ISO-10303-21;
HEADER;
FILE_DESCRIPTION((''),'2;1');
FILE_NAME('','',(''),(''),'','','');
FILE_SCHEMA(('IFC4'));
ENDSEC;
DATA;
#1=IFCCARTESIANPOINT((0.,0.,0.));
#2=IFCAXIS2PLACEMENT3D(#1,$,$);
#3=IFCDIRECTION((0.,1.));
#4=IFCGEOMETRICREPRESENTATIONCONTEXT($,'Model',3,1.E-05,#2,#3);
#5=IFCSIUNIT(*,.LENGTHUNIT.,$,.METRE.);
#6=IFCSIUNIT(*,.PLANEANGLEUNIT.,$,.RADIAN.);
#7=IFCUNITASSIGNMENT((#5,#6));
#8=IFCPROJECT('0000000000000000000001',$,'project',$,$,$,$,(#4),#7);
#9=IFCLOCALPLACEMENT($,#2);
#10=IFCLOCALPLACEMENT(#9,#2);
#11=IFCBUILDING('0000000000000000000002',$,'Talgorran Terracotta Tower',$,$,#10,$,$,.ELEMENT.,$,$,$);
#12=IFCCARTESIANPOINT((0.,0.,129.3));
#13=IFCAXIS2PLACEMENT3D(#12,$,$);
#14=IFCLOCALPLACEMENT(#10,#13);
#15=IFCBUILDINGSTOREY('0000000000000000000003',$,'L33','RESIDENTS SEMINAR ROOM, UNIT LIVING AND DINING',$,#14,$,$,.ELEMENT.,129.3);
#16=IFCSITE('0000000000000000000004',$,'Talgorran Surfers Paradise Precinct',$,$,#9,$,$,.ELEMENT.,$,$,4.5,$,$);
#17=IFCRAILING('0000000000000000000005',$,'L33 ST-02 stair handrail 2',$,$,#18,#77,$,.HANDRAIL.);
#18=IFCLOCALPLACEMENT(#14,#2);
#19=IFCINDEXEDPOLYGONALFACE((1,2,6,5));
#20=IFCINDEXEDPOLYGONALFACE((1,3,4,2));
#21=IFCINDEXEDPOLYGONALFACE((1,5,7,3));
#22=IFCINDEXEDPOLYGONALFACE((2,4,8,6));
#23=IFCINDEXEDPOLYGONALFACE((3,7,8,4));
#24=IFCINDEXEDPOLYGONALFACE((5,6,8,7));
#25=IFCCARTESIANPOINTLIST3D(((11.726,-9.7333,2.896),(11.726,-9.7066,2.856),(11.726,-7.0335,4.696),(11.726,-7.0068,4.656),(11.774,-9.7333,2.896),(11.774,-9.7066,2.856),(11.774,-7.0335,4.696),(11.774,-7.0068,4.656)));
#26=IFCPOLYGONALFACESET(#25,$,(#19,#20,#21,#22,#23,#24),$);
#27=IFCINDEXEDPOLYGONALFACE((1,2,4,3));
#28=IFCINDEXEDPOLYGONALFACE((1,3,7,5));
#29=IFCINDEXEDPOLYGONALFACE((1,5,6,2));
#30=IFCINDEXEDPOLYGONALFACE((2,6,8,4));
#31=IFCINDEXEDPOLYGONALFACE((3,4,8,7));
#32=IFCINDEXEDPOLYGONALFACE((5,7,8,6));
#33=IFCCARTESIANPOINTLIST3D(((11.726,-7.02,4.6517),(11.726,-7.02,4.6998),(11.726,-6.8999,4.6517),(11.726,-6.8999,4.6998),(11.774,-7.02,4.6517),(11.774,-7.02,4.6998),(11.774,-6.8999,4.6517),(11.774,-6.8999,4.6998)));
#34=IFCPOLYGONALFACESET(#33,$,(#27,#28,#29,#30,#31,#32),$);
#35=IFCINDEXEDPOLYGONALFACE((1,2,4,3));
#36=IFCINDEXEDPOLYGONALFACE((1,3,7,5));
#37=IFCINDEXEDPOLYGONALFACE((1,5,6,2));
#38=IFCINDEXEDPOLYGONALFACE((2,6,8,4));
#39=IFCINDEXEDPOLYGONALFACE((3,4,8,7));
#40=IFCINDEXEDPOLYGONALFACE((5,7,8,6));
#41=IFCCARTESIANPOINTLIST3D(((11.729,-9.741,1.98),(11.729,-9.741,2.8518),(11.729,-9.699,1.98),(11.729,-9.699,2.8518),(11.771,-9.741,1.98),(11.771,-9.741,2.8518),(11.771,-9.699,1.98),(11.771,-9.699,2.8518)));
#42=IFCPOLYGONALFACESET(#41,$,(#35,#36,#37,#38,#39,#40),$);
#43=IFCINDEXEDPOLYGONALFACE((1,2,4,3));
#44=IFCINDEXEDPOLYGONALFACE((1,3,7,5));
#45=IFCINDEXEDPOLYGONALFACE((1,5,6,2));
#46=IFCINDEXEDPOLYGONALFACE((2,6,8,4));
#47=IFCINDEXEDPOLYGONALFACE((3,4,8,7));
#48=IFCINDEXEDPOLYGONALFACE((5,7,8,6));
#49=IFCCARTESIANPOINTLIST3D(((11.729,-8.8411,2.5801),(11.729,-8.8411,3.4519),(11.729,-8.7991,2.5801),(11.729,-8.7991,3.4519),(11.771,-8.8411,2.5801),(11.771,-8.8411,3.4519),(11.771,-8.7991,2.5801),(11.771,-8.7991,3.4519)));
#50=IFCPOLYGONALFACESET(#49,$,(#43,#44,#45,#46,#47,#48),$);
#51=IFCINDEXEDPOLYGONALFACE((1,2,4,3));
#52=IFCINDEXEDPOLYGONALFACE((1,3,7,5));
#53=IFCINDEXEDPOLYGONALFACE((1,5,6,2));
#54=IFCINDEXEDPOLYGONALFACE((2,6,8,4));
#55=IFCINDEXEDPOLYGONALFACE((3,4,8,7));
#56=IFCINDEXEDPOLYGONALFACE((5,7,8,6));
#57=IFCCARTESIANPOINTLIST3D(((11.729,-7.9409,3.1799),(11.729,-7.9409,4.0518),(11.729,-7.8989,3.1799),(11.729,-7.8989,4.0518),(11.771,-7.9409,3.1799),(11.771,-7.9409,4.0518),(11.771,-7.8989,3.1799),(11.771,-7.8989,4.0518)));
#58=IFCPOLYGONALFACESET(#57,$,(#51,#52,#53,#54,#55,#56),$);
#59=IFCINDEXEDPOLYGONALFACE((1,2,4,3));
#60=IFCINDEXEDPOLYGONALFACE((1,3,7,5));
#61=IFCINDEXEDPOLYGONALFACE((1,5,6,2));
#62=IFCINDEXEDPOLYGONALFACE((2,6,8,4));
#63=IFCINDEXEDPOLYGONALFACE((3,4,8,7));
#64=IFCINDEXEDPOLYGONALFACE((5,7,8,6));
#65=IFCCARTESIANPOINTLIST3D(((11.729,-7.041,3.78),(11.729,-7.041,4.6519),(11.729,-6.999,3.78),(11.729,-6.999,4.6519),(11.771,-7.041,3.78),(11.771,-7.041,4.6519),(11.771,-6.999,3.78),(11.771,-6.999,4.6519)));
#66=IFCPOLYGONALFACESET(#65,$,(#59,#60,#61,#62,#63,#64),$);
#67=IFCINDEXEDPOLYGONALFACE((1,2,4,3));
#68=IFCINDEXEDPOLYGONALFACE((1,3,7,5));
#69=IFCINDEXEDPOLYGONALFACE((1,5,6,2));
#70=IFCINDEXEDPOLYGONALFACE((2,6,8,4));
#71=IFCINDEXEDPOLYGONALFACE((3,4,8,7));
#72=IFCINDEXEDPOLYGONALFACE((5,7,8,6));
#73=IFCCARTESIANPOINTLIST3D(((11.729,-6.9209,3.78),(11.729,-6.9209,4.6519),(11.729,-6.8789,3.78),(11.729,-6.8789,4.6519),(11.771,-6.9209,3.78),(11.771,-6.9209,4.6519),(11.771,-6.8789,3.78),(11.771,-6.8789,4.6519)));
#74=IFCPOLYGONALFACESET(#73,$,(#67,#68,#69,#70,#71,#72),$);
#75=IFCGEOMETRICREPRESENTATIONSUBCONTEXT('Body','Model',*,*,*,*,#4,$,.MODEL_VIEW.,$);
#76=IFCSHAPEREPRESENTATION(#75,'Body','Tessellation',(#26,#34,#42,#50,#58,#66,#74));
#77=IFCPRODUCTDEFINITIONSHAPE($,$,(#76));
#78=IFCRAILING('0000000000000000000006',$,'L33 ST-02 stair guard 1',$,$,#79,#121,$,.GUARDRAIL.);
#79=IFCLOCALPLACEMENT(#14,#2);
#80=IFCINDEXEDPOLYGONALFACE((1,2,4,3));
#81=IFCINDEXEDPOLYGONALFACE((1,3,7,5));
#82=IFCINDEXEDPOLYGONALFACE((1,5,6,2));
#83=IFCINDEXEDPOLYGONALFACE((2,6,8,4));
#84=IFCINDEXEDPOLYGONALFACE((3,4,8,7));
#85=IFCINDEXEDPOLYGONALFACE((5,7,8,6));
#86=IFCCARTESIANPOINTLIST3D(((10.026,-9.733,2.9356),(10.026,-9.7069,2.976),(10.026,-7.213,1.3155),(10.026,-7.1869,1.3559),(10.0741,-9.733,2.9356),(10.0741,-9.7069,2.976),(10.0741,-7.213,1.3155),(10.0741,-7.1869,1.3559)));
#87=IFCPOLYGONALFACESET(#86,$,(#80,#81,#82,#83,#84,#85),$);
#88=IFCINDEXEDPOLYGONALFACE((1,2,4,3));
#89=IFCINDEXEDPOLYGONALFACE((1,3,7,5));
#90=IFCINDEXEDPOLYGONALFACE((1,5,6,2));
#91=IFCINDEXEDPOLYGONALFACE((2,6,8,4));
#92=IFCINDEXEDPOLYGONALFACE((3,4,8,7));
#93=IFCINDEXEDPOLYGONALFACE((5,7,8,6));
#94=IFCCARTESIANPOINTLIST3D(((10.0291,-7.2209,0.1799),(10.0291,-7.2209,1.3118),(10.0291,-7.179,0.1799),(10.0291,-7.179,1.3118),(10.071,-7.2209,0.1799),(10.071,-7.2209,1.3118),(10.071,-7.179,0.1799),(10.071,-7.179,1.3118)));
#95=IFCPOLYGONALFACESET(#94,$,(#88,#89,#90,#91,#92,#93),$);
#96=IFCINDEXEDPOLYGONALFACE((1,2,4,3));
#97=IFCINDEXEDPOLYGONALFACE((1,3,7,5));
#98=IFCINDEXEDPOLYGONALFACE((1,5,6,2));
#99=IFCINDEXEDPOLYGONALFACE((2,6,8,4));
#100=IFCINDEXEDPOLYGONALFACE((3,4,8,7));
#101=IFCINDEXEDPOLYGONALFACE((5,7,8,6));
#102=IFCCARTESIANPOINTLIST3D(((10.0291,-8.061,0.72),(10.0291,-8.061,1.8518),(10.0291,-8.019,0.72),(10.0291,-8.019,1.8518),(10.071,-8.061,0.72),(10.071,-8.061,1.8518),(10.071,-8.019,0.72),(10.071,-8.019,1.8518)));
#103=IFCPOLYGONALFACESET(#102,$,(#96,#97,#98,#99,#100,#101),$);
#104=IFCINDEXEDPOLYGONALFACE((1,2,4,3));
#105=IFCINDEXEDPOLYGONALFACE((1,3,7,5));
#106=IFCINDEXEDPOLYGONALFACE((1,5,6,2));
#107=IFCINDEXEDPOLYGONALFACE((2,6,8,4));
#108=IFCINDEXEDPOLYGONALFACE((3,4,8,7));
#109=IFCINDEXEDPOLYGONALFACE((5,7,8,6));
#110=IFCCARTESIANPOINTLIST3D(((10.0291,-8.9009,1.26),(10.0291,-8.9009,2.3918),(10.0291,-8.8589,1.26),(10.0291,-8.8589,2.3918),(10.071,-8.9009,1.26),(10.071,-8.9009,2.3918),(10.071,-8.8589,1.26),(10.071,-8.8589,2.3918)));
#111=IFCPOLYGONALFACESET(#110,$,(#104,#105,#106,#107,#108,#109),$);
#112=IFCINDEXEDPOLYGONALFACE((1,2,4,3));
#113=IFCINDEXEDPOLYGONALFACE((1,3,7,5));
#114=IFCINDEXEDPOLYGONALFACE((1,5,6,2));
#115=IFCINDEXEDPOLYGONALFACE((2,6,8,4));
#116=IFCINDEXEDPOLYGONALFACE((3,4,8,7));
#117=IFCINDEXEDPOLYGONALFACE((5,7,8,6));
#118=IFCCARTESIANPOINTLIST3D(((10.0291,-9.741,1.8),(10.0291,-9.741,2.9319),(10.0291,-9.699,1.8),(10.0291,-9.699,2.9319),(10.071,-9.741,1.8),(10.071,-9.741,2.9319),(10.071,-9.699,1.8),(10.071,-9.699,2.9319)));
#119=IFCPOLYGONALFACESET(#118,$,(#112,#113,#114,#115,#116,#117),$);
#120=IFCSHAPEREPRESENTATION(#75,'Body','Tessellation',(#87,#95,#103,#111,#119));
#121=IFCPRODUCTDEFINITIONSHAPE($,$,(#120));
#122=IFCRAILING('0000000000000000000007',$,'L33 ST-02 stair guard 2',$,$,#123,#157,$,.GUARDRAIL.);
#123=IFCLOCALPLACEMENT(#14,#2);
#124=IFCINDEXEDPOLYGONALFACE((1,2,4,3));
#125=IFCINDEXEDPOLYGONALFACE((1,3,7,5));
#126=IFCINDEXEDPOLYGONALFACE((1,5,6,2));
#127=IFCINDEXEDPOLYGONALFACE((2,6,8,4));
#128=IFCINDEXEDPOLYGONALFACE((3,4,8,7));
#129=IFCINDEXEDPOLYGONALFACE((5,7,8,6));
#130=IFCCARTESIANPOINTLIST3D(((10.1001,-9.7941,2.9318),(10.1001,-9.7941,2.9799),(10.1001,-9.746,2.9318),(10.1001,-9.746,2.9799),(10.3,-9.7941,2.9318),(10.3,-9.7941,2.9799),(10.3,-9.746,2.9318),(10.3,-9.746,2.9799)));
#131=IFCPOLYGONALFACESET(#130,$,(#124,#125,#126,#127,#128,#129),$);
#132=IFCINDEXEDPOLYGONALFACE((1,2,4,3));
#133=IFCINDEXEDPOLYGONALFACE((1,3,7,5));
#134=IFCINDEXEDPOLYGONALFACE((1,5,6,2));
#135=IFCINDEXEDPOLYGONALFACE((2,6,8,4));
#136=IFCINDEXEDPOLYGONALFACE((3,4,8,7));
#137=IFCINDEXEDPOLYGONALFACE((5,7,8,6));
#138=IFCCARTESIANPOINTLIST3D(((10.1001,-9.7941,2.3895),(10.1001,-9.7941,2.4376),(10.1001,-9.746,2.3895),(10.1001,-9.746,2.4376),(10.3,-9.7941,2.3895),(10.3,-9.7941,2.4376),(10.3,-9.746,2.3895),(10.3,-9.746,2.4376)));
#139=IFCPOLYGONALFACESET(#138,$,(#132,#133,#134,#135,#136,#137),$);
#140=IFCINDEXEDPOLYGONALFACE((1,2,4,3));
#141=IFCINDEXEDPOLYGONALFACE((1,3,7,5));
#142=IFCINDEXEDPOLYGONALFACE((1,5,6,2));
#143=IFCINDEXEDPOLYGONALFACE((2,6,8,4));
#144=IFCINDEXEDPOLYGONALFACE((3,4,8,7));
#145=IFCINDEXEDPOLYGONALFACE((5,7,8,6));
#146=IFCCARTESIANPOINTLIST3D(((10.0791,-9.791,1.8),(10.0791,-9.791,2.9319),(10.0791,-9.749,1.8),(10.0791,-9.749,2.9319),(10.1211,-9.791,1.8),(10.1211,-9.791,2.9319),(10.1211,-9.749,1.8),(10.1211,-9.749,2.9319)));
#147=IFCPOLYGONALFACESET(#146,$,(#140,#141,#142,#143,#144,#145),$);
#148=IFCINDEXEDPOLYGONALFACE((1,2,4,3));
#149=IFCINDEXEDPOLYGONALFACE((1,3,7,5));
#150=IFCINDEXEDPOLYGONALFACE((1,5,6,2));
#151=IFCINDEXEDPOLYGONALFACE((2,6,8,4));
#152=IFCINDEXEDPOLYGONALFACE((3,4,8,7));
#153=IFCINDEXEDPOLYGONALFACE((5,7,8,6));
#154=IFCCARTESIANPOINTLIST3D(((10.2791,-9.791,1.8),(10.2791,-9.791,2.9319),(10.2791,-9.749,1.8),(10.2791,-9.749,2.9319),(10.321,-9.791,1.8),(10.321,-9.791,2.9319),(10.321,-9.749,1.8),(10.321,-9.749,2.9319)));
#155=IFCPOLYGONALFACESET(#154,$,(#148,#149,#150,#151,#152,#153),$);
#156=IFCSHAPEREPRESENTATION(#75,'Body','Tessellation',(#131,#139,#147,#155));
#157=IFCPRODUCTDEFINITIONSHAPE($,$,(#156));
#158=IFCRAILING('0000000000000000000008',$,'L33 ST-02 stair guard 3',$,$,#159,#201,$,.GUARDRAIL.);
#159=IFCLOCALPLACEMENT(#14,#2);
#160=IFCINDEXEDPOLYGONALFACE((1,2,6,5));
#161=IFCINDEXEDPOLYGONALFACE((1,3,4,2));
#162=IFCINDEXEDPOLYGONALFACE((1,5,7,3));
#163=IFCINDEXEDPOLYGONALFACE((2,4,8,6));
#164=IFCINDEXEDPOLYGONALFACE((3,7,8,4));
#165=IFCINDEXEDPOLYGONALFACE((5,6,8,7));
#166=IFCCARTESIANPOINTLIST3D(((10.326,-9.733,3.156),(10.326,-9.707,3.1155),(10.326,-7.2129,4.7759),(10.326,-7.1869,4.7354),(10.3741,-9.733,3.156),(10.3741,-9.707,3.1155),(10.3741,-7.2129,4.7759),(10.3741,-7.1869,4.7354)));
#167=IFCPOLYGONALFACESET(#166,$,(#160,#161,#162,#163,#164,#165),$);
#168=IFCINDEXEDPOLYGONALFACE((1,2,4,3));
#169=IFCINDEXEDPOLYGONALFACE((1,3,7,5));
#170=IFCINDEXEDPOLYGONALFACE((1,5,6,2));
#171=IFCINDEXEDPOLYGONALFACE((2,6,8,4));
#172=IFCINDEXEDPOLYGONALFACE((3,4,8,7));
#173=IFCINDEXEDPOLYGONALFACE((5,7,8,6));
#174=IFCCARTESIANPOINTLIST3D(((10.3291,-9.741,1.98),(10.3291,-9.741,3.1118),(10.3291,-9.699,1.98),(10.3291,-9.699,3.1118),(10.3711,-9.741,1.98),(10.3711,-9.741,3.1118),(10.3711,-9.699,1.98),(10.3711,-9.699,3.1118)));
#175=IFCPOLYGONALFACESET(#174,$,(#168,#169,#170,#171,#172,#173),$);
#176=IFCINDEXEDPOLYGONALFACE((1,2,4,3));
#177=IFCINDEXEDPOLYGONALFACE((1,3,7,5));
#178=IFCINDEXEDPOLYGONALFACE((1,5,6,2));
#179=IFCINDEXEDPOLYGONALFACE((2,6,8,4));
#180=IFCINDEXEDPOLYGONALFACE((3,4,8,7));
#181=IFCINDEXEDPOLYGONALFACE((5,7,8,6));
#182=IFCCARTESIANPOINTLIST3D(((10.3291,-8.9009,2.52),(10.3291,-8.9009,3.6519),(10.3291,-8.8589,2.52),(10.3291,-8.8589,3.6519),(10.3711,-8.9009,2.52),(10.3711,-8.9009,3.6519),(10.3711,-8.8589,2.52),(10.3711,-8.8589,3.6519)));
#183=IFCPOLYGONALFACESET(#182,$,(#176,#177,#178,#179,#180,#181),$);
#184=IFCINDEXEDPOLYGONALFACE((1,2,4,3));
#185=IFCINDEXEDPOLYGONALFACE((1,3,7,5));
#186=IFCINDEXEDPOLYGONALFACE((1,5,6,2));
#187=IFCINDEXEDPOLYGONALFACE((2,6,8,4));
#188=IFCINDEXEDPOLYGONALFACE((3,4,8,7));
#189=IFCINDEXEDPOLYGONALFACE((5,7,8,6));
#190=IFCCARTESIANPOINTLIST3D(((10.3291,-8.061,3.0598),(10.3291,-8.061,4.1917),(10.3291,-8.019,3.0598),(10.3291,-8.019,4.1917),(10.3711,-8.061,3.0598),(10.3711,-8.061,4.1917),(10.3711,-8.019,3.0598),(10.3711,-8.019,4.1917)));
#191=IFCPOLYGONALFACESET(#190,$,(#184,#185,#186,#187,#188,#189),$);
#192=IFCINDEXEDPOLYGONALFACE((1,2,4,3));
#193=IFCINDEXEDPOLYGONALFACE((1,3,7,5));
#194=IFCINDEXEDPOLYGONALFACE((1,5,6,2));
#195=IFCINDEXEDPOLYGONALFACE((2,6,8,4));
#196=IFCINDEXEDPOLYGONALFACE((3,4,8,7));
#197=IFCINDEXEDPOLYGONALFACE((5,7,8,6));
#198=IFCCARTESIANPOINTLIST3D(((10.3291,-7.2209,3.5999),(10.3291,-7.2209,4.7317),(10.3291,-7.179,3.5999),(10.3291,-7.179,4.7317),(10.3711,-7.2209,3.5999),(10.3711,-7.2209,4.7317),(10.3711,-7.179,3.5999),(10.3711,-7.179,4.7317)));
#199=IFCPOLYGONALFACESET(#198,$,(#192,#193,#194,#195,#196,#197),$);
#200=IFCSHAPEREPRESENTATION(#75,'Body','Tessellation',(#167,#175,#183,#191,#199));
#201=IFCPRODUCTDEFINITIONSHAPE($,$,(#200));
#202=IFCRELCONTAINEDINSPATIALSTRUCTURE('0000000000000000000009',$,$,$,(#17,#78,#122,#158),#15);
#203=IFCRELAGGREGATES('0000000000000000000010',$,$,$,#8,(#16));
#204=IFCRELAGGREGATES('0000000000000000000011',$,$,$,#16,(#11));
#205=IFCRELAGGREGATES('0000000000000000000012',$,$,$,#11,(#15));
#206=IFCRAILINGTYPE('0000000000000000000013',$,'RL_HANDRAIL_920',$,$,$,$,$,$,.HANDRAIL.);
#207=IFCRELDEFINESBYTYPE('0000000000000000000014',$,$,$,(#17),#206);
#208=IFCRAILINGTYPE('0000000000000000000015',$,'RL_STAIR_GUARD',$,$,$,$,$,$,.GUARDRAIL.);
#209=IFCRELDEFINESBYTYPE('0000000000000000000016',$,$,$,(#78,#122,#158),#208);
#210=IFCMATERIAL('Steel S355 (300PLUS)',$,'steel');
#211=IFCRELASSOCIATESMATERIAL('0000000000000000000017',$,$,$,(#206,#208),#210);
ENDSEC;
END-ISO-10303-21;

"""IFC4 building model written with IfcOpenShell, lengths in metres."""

from ifc_helpers import new_model, si_unit, direction, frame, origin, origin_2d, place, context, subcontext, project, spatial, rectangle, extrude, material, type_object, element, save


model = new_model("IFC4")

# Units and contexts
model_context = context("Model", 3, precision=1e-05, world=origin(), true_north=direction((0.0, 1.0)))
body_context = subcontext(model_context, "Body", "Model", "MODEL_VIEW")
ifc_project = project(units=[si_unit("LENGTHUNIT", "METRE"), si_unit("PLANEANGLEUNIT", "RADIAN")], contexts=[model_context])

# Site, building, storey
site_placement = place(None, origin())
site = spatial("IfcSite", under=ifc_project, at=site_placement, Name="Talgorran Surfers Paradise Precinct", CompositionType="ELEMENT", RefElevation=4.5)
building_placement = place(site_placement, origin())
building = spatial("IfcBuilding", under=site, at=building_placement, Name="Talgorran Terracotta Tower", CompositionType="ELEMENT")
storey_placement = place(building_placement, frame((0.0, 0.0, 129.3)))
storey = spatial("IfcBuildingStorey", under=building, at=storey_placement, Name="L33", Description="RESIDENTS SEMINAR ROOM, UNIT LIVING AND DINING", CompositionType="ELEMENT", Elevation=129.3)

# Shared definitions
ifc_material_1 = material(Name="Steel S355 (300PLUS)", Category="steel")

# Railings
railing_type_1 = type_object("IfcRailingType", Name="RL_HANDRAIL_920", PredefinedType="HANDRAIL", material=ifc_material_1)
railing_1_placement = place(storey_placement, frame((11.75, -9.72, 1.98)))
element("IfcRailing", 1, at=railing_1_placement, inside=storey, type_object=railing_type_1, Name="L33 ST-02 stair handrail 2", PredefinedType="HANDRAIL", context=body_context, shape_type="SweptSolid", body=[
    extrude(rectangle(XDim=0.0481, YDim=0.0481, at=origin_2d()), frame((0.0, 0.0, 0.896), z_axis=(0.0, 0.832039, 0.554718), x_axis=(-1.0, 0.0, 0.0)), (0.0, 0.0, 1.0), 3.2449),
    extrude(rectangle(XDim=0.0481, YDim=0.0481, at=origin_2d()), frame((0.0, 2.7, 2.6958), z_axis=(0.0, 1.0, 0.0), x_axis=(-1.0, 0.0, 0.0)), (0.0, 0.0, 1.0), 0.1201),
    extrude(rectangle(XDim=0.042, YDim=0.042, at=origin_2d()), origin(), (0.0, 0.0, 1.0), 0.8718),
    extrude(rectangle(XDim=0.042, YDim=0.042, at=origin_2d()), frame((0.0, 0.8999, 0.6001)), (0.0, 0.0, 1.0), 0.8718),
    extrude(rectangle(XDim=0.042, YDim=0.042, at=origin_2d()), frame((0.0, 1.8, 1.2)), (0.0, 0.0, 1.0), 0.8718),
    extrude(rectangle(XDim=0.042, YDim=0.042, at=origin_2d()), frame((0.0, 2.7, 1.8)), (0.0, 0.0, 1.0), 0.8718),
    extrude(rectangle(XDim=0.042, YDim=0.042, at=origin_2d()), frame((0.0, 2.8201, 1.8)), (0.0, 0.0, 1.0), 0.8718),
])
railing_type_2 = type_object("IfcRailingType", Name="RL_STAIR_GUARD", PredefinedType="GUARDRAIL", material=ifc_material_1)
railing_2_placement = place(storey_placement, frame((10.05, -7.2, 0.1799)))
element("IfcRailing", 2, at=railing_2_placement, inside=storey, type_object=railing_type_2, Name="L33 ST-02 stair guard 1", PredefinedType="GUARDRAIL", context=body_context, shape_type="SweptSolid", body=[
    extrude(rectangle(XDim=0.0481, YDim=0.0481, at=origin_2d()), frame((0.0, 0.0, 1.1558), z_axis=(0.0, -0.841163, 0.540782), x_axis=(1.0, 0.0, 0.0)), (0.0, 0.0, 1.0), 2.9958),
    extrude(rectangle(XDim=0.042, YDim=0.042, at=origin_2d()), origin(), (0.0, 0.0, 1.0), 1.1318),
    extrude(rectangle(XDim=0.042, YDim=0.042, at=origin_2d()), frame((0.0, -0.8401, 0.54)), (0.0, 0.0, 1.0), 1.1318),
    extrude(rectangle(XDim=0.042, YDim=0.042, at=origin_2d()), frame((0.0, -1.6799, 1.0801)), (0.0, 0.0, 1.0), 1.1318),
    extrude(rectangle(XDim=0.042, YDim=0.042, at=origin_2d()), frame((0.0, -2.52, 1.6201)), (0.0, 0.0, 1.0), 1.1318),
])
railing_3_placement = place(storey_placement, frame((10.1001, -9.77, 1.8)))
element("IfcRailing", 3, at=railing_3_placement, inside=storey, type_object=railing_type_2, Name="L33 ST-02 stair guard 2", PredefinedType="GUARDRAIL", context=body_context, shape_type="SweptSolid", body=[
    extrude(rectangle(XDim=0.0481, YDim=0.0481, at=origin_2d()), frame((0.0, 0.0, 1.1558), z_axis=(1.0, 0.0, 0.0), x_axis=(0.0, 1.0, 0.0)), (0.0, 0.0, 1.0), 0.2),
    extrude(rectangle(XDim=0.0481, YDim=0.0481, at=origin_2d()), frame((0.0, 0.0, 0.6135), z_axis=(1.0, 0.0, 0.0), x_axis=(0.0, 1.0, 0.0)), (0.0, 0.0, 1.0), 0.2),
    extrude(rectangle(XDim=0.042, YDim=0.042, at=origin_2d()), origin(), (0.0, 0.0, 1.0), 1.1318),
    extrude(rectangle(XDim=0.042, YDim=0.042, at=origin_2d()), frame((0.2, 0.0, 0.0)), (0.0, 0.0, 1.0), 1.1318),
])
railing_4_placement = place(storey_placement, frame((10.3501, -9.72, 1.98)))
element("IfcRailing", 4, at=railing_4_placement, inside=storey, type_object=railing_type_2, Name="L33 ST-02 stair guard 3", PredefinedType="GUARDRAIL", context=body_context, shape_type="SweptSolid", body=[
    extrude(rectangle(XDim=0.0481, YDim=0.0481, at=origin_2d()), frame((0.0, 0.0, 1.1558), z_axis=(0.0, 0.8412, 0.540725), x_axis=(-1.0, 0.0, 0.0)), (0.0, 0.0, 1.0), 2.9958),
    extrude(rectangle(XDim=0.042, YDim=0.042, at=origin_2d()), origin(), (0.0, 0.0, 1.0), 1.1318),
    extrude(rectangle(XDim=0.042, YDim=0.042, at=origin_2d()), frame((0.0, 0.8401, 0.54)), (0.0, 0.0, 1.0), 1.1318),
    extrude(rectangle(XDim=0.042, YDim=0.042, at=origin_2d()), frame((0.0, 1.6799, 1.0798)), (0.0, 0.0, 1.0), 1.1318),
    extrude(rectangle(XDim=0.042, YDim=0.042, at=origin_2d()), frame((0.0, 2.52, 1.6199)), (0.0, 0.0, 1.0), 1.1318),
])

save(model, "model.ifc")
